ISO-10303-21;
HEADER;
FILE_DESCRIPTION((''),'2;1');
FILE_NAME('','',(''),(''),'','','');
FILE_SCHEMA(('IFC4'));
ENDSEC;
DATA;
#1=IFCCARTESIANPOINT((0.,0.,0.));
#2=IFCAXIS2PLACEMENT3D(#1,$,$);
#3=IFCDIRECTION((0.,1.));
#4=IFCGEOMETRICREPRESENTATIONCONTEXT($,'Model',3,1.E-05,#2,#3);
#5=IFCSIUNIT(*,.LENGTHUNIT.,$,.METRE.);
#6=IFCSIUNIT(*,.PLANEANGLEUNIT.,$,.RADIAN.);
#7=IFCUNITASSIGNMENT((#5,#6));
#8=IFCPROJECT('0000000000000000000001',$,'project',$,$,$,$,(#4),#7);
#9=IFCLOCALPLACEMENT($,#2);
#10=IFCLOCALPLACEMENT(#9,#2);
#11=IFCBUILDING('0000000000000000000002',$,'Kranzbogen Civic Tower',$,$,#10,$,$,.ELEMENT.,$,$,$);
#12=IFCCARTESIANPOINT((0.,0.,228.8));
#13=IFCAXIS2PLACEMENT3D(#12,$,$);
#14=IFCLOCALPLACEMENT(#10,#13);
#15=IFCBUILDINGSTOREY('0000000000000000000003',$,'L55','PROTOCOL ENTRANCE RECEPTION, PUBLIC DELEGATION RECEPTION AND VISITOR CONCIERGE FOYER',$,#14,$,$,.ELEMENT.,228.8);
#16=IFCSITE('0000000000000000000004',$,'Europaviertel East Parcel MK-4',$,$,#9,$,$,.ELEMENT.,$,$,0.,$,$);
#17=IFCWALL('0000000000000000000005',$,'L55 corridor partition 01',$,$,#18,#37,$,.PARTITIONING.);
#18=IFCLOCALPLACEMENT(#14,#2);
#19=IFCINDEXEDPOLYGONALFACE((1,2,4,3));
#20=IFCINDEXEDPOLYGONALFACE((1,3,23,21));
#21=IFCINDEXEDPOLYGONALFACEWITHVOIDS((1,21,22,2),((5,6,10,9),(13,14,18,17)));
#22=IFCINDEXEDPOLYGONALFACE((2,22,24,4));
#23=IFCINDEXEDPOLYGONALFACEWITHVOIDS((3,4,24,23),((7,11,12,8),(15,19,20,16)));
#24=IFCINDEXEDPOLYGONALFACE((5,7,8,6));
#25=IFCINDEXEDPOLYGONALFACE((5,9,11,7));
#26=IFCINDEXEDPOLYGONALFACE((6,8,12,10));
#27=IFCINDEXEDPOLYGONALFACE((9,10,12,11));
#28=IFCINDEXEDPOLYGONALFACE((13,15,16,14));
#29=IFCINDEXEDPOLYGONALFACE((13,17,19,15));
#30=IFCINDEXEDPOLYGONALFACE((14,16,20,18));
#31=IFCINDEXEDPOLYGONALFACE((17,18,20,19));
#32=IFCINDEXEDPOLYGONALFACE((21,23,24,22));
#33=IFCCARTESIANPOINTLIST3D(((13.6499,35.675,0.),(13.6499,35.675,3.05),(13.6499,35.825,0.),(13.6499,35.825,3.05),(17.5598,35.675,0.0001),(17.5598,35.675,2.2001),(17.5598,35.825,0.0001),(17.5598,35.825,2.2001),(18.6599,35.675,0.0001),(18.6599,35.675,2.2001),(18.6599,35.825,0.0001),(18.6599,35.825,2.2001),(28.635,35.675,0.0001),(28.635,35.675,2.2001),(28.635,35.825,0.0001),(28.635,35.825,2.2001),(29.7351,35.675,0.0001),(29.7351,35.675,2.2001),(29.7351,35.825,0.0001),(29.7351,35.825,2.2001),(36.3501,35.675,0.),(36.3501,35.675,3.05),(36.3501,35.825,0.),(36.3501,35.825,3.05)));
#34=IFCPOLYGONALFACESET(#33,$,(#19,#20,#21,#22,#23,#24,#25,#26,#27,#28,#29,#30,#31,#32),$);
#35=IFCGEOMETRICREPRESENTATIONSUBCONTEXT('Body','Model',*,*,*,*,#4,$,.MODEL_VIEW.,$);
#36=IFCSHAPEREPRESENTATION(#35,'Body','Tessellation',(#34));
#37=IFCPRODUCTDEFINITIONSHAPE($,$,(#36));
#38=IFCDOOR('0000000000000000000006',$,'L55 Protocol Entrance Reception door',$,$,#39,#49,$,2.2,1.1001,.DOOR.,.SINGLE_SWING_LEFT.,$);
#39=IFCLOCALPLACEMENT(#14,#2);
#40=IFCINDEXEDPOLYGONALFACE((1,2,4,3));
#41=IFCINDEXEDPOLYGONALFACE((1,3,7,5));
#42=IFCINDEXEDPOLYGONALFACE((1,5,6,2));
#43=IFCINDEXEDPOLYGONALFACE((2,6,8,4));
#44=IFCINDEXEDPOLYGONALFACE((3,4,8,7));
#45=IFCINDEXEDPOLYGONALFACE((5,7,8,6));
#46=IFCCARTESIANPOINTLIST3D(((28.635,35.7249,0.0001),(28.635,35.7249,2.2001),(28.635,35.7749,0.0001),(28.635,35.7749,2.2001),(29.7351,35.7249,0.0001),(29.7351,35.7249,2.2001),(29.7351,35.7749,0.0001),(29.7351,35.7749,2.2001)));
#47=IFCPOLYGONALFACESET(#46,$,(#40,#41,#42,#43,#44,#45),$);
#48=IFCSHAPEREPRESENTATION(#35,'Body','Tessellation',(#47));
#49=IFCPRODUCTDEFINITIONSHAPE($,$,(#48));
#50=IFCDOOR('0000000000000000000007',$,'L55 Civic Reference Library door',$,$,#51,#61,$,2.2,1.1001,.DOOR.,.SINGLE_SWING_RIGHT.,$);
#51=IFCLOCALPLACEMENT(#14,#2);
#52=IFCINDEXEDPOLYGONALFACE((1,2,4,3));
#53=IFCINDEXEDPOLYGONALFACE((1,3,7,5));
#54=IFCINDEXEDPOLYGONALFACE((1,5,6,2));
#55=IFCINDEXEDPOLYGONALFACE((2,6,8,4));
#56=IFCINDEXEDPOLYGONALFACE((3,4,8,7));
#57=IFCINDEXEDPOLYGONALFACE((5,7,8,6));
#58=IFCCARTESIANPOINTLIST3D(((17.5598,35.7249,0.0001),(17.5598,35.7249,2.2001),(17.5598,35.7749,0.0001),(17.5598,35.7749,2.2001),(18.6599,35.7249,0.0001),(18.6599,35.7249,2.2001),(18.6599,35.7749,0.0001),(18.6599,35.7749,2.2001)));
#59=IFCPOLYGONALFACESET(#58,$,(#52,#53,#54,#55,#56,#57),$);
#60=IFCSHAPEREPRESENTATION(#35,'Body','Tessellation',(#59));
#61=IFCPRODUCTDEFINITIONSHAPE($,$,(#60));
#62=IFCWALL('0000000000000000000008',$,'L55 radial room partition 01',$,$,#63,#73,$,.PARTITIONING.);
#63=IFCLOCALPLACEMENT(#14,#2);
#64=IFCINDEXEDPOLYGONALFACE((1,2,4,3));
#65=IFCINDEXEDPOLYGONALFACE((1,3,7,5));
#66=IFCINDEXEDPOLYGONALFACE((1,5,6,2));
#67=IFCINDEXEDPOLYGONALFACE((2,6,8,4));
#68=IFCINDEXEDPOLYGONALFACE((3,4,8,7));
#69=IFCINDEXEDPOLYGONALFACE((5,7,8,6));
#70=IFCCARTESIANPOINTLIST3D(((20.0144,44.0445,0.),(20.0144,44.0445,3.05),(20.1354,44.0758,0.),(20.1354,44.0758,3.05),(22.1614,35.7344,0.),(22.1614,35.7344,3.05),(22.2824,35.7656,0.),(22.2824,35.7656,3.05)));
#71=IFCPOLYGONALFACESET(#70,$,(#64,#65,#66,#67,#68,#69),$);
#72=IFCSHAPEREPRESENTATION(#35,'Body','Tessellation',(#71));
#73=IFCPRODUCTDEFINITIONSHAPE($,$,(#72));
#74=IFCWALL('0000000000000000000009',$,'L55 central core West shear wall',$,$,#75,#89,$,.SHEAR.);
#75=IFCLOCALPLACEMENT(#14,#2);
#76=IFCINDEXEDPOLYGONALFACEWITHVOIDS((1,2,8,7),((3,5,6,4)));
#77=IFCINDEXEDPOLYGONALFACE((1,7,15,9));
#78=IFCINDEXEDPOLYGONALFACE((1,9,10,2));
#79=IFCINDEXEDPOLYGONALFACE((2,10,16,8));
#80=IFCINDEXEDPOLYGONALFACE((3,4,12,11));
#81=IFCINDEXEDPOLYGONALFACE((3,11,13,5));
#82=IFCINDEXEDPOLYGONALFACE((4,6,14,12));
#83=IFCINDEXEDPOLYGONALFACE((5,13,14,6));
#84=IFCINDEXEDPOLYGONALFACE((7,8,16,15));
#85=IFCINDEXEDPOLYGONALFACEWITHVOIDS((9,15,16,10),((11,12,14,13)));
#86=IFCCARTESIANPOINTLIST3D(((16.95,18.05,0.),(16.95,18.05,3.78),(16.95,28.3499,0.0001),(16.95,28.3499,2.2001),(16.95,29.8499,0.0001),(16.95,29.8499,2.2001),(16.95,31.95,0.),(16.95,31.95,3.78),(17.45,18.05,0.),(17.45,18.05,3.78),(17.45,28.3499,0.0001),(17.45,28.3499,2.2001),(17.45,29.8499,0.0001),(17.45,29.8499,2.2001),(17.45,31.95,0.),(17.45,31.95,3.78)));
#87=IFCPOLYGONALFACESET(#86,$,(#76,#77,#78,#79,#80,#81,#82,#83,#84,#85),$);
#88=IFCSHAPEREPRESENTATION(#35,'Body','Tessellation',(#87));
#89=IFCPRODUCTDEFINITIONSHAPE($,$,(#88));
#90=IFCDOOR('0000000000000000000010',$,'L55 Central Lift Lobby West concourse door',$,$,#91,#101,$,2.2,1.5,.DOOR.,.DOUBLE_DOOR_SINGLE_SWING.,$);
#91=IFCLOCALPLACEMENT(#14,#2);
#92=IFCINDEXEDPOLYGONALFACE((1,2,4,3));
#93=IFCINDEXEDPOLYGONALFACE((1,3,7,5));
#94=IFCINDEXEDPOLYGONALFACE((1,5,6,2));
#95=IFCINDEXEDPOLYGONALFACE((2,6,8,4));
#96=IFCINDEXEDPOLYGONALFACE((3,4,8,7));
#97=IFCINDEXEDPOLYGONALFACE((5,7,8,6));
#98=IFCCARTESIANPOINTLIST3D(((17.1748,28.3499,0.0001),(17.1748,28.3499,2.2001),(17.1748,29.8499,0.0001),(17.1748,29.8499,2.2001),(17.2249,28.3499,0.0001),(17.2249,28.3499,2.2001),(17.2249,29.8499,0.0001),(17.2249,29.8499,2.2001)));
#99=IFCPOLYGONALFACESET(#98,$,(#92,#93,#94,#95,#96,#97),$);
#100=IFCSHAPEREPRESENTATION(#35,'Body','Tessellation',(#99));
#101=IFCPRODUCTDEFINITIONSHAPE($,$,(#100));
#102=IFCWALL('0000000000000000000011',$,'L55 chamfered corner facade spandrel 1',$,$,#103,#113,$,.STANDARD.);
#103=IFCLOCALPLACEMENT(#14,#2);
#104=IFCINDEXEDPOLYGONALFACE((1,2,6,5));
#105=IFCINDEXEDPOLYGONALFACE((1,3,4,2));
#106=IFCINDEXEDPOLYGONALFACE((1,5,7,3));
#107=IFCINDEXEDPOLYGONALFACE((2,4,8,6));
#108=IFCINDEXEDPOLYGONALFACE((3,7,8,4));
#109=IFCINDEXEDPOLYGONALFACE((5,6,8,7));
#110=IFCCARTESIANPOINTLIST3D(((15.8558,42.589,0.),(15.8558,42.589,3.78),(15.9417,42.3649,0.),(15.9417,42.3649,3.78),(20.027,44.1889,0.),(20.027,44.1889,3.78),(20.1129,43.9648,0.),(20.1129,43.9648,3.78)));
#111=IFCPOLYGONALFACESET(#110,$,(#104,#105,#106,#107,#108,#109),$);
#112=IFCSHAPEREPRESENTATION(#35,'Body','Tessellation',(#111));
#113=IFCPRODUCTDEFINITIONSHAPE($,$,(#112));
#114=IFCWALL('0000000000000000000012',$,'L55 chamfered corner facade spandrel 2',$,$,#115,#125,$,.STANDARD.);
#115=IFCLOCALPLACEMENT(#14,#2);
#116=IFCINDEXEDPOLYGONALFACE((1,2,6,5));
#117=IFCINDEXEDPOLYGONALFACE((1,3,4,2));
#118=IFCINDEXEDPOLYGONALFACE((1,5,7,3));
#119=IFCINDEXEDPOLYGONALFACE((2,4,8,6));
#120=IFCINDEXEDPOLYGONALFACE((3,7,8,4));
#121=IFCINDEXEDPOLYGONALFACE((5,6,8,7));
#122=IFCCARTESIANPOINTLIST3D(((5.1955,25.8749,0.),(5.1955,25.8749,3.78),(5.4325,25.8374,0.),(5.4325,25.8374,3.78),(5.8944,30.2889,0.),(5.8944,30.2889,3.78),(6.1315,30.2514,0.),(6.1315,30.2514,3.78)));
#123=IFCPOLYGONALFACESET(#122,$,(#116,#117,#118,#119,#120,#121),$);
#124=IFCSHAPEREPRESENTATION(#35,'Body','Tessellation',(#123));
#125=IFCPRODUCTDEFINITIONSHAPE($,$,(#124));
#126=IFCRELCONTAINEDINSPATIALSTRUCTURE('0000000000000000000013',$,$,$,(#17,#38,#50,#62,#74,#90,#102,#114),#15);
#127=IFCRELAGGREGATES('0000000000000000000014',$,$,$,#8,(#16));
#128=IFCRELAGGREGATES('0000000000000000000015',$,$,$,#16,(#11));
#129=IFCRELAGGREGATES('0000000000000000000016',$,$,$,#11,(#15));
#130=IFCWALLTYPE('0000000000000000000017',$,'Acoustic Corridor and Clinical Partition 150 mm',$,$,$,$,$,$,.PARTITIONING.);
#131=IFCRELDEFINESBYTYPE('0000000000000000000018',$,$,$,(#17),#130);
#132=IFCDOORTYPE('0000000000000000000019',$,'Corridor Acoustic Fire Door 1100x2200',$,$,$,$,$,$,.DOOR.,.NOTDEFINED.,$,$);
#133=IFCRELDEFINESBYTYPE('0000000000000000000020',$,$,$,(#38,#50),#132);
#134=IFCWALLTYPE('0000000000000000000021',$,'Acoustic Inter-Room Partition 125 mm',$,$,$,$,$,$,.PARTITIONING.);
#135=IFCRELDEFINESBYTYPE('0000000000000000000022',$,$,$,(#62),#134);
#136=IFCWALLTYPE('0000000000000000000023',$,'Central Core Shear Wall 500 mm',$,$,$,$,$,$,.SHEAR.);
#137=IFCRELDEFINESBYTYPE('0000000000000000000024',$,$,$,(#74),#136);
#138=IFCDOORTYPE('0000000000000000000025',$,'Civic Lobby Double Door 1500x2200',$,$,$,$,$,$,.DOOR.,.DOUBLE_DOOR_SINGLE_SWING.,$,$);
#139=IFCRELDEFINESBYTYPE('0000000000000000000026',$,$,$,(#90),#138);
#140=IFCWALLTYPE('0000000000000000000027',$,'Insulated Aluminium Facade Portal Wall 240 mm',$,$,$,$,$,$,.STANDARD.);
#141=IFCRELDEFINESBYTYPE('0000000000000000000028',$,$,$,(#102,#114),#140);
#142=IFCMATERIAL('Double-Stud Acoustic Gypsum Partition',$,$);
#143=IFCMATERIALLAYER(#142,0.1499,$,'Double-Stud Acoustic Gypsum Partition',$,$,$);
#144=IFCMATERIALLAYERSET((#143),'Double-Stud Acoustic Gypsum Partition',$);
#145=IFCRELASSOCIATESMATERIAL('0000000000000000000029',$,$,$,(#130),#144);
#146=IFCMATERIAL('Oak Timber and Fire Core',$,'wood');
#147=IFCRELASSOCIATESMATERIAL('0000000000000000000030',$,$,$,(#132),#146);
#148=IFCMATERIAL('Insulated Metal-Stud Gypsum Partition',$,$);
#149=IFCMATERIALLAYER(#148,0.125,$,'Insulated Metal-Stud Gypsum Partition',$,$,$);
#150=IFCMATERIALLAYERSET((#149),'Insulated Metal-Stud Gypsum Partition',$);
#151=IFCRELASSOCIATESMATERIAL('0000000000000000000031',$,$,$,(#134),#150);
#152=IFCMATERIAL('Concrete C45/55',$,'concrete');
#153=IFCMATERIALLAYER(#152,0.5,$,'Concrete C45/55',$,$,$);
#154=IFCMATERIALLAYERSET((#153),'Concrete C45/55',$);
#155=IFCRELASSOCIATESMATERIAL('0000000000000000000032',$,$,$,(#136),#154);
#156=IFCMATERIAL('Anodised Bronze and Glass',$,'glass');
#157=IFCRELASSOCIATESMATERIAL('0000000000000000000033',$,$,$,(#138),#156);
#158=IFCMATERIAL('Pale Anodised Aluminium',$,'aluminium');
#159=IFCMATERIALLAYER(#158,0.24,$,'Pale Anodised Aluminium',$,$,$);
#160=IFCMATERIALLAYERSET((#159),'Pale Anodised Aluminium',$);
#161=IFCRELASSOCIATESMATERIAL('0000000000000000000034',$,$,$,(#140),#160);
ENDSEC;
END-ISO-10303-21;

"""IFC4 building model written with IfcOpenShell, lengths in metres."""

from ifc_helpers import new_model, si_unit, direction, frame, frame_2d, origin, place, context, subcontext, project, spatial, rectangle, extrude, material, layer, layer_set, type_object, element, fill, save


model = new_model("IFC4")

# Units and contexts
model_context = context("Model", 3, precision=1e-05, world=origin(), true_north=direction((0.0, 1.0)))
body_context = subcontext(model_context, "Body", "Model", "MODEL_VIEW")
ifc_project = project(units=[si_unit("LENGTHUNIT", "METRE"), si_unit("PLANEANGLEUNIT", "RADIAN")], contexts=[model_context])

# Site, building, storey
site_placement = place(None, origin())
site = spatial("IfcSite", under=ifc_project, at=site_placement, Name="Europaviertel East Parcel MK-4", CompositionType="ELEMENT", RefElevation=0.0)
building_placement = place(site_placement, origin())
building = spatial("IfcBuilding", under=site, at=building_placement, Name="Kranzbogen Civic Tower", CompositionType="ELEMENT")
storey_placement = place(building_placement, frame((0.0, 0.0, 228.8)))
storey = spatial("IfcBuildingStorey", under=building, at=storey_placement, Name="L55", Description="PROTOCOL ENTRANCE RECEPTION, PUBLIC DELEGATION RECEPTION AND VISITOR CONCIERGE FOYER", CompositionType="ELEMENT", Elevation=228.8)

# Shared definitions
ifc_material_1 = material(Name="Pale Anodised Aluminium", Category="aluminium")

# Shared definitions
ifc_material_2 = material(Name="Double-Stud Acoustic Gypsum Partition")
ifc_layer_1 = layer(ifc_material_2, 0.1499, Name="Double-Stud Acoustic Gypsum Partition")
ifc_layer_set_1 = layer_set([ifc_layer_1], Name="Double-Stud Acoustic Gypsum Partition")
wall_type_1 = type_object("IfcWallType", Name="Acoustic Corridor and Clinical Partition 150 mm", PredefinedType="PARTITIONING", material=ifc_layer_set_1)

# Wall, openings, doors
wall_1_placement = place(storey_placement, frame((13.6499, 35.75, 0.0), z_axis=(0.0, 0.0, 1.0), x_axis=(1.0, 0.0, 0.0)))
wall_1 = element("IfcWall", 1, at=wall_1_placement, inside=storey, type_object=wall_type_1, Name="L55 corridor partition 01", PredefinedType="PARTITIONING", context=body_context, shape_type="SweptSolid", body=[
    extrude(rectangle(XDim=22.7002, YDim=0.1499, at=frame_2d((11.3501, 0.0))), origin(), (0.0, 0.0, 1.0), 3.05),
])
opening_1_placement = place(wall_1_placement, frame((14.9851, 0.0, 0.0)))
opening_1 = element("IfcOpeningElement", 2, at=opening_1_placement, cuts=wall_1, PredefinedType="OPENING", context=body_context, shape_type="SweptSolid", body=[
    extrude(rectangle(XDim=1.1001, YDim=2.2, at=frame_2d((0.55, 1.1001))), frame((0.0, 0.085, 0.0), z_axis=(0.0, -1.0, 0.0), x_axis=(1.0, 0.0, 0.0)), (0.0, 0.0, 1.0), 0.1699),
])
opening_2_placement = place(wall_1_placement, frame((3.9099, 0.0, 0.0)))
opening_2 = element("IfcOpeningElement", 3, at=opening_2_placement, cuts=wall_1, PredefinedType="OPENING", context=body_context, shape_type="SweptSolid", body=[
    extrude(rectangle(XDim=1.1001, YDim=2.2, at=frame_2d((0.55, 1.1001))), frame((0.0, 0.085, 0.0), z_axis=(0.0, -1.0, 0.0), x_axis=(1.0, 0.0, 0.0)), (0.0, 0.0, 1.0), 0.1699),
])
ifc_material_3 = material(Name="Oak Timber and Fire Core", Category="wood")
door_type_1 = type_object("IfcDoorType", Name="Corridor Acoustic Fire Door 1100x2200", OperationType="NOTDEFINED", PredefinedType="DOOR", material=ifc_material_3)
door_1_placement = place(opening_1_placement, origin())
door_1 = element("IfcDoor", 4, at=door_1_placement, inside=storey, type_object=door_type_1, Name="L55 Protocol Entrance Reception door", OperationType="SINGLE_SWING_LEFT", OverallHeight=2.2, OverallWidth=1.1001, PredefinedType="DOOR", context=body_context, shape_type="SweptSolid", body=[
    extrude(rectangle(XDim=1.1001, YDim=2.2, at=frame_2d((0.55, 1.1001))), frame((0.0, 0.0249, 0.0), z_axis=(0.0, -1.0, 0.0), x_axis=(1.0, 0.0, 0.0)), (0.0, 0.0, 1.0), 0.05),
])
fill(opening_1, door_1)
door_2_placement = place(opening_2_placement, origin())
door_2 = element("IfcDoor", 5, at=door_2_placement, inside=storey, type_object=door_type_1, Name="L55 Civic Reference Library door", OperationType="SINGLE_SWING_RIGHT", OverallHeight=2.2, OverallWidth=1.1001, PredefinedType="DOOR", context=body_context, shape_type="SweptSolid", body=[
    extrude(rectangle(XDim=1.1001, YDim=2.2, at=frame_2d((0.55, 1.1001))), frame((0.0, 0.0249, 0.0), z_axis=(0.0, -1.0, 0.0), x_axis=(1.0, 0.0, 0.0)), (0.0, 0.0, 1.0), 0.05),
])
fill(opening_2, door_2)

# Wall
ifc_material_4 = material(Name="Insulated Metal-Stud Gypsum Partition")
ifc_layer_2 = layer(ifc_material_4, 0.125, Name="Insulated Metal-Stud Gypsum Partition")
ifc_layer_set_2 = layer_set([ifc_layer_2], Name="Insulated Metal-Stud Gypsum Partition")
wall_type_2 = type_object("IfcWallType", Name="Acoustic Inter-Room Partition 125 mm", PredefinedType="PARTITIONING", material=ifc_layer_set_2)
wall_2_placement = place(storey_placement, frame((22.2219, 35.75, 0.0), z_axis=(0.0, 0.0, 1.0), x_axis=(-0.250145, 0.968208, 0.0)))
element("IfcWall", 6, at=wall_2_placement, inside=storey, type_object=wall_type_2, Name="L55 radial room partition 01", PredefinedType="PARTITIONING", context=body_context, shape_type="SweptSolid", body=[
    extrude(rectangle(XDim=8.583, YDim=0.125, at=frame_2d((4.2915, 0.0))), origin(), (0.0, 0.0, 1.0), 3.05),
])

# Wall, opening, door
ifc_material_5 = material(Name="Concrete C45/55", Category="concrete")
ifc_layer_3 = layer(ifc_material_5, 0.5, Name="Concrete C45/55")
ifc_layer_set_3 = layer_set([ifc_layer_3], Name="Concrete C45/55")
wall_type_3 = type_object("IfcWallType", Name="Central Core Shear Wall 500 mm", PredefinedType="SHEAR", material=ifc_layer_set_3)
wall_3_placement = place(storey_placement, frame((17.2, 31.95, 0.0), z_axis=(0.0, 0.0, 1.0), x_axis=(0.0, -1.0, 0.0)))
wall_3 = element("IfcWall", 7, at=wall_3_placement, inside=storey, type_object=wall_type_3, Name="L55 central core West shear wall", PredefinedType="SHEAR", context=body_context, shape_type="SweptSolid", body=[
    extrude(rectangle(XDim=13.8999, YDim=0.5, at=frame_2d((6.95, 0.0))), origin(), (0.0, 0.0, 1.0), 3.78),
])
opening_3_placement = place(wall_3_placement, frame((2.1001, 0.0, 0.0)))
opening_3 = element("IfcOpeningElement", 8, at=opening_3_placement, cuts=wall_3, PredefinedType="OPENING", context=body_context, shape_type="SweptSolid", body=[
    extrude(rectangle(XDim=1.5, YDim=2.2, at=frame_2d((0.75, 1.1001))), frame((0.0, 0.26, 0.0), z_axis=(0.0, -1.0, 0.0), x_axis=(1.0, 0.0, 0.0)), (0.0, 0.0, 1.0), 0.52),
])
ifc_material_6 = material(Name="Anodised Bronze and Glass", Category="glass")
door_type_2 = type_object("IfcDoorType", Name="Civic Lobby Double Door 1500x2200", OperationType="DOUBLE_DOOR_SINGLE_SWING", PredefinedType="DOOR", material=ifc_material_6)
door_3_placement = place(opening_3_placement, origin())
door_3 = element("IfcDoor", 9, at=door_3_placement, inside=storey, type_object=door_type_2, Name="L55 Central Lift Lobby West concourse door", OperationType="DOUBLE_DOOR_SINGLE_SWING", OverallHeight=2.2, OverallWidth=1.5, PredefinedType="DOOR", context=body_context, shape_type="SweptSolid", body=[
    extrude(rectangle(XDim=1.5, YDim=2.2, at=frame_2d((0.75, 1.1001))), frame((0.0, 0.0249, 0.0), z_axis=(0.0, -1.0, 0.0), x_axis=(1.0, 0.0, 0.0)), (0.0, 0.0, 1.0), 0.05),
])
fill(opening_3, door_3)

# Walls
ifc_layer_4 = layer(ifc_material_1, 0.24, Name="Pale Anodised Aluminium")
ifc_layer_set_4 = layer_set([ifc_layer_4], Name="Pale Anodised Aluminium")
wall_type_4 = type_object("IfcWallType", Name="Insulated Aluminium Facade Portal Wall 240 mm", PredefinedType="STANDARD", material=ifc_layer_set_4)
wall_4_placement = place(storey_placement, frame((20.0701, 44.0769, 0.0), z_axis=(0.0, 0.0, 1.0), x_axis=(-0.933678, -0.358115, 0.0)))
element("IfcWall", 10, at=wall_4_placement, inside=storey, type_object=wall_type_4, Name="L55 chamfered corner facade spandrel 1", PredefinedType="STANDARD", context=body_context, shape_type="SweptSolid", body=[
    extrude(rectangle(XDim=4.4675, YDim=0.24, at=frame_2d((2.2339, 0.0))), origin(), (0.0, 0.0, 1.0), 3.78),
])
wall_5_placement = place(storey_placement, frame((6.0129, 30.27, 0.0), z_axis=(0.0, 0.0, 1.0), x_axis=(-0.156403, -0.987693, 0.0)))
element("IfcWall", 11, at=wall_5_placement, inside=storey, type_object=wall_type_4, Name="L55 chamfered corner facade spandrel 2", PredefinedType="STANDARD", context=body_context, shape_type="SweptSolid", body=[
    extrude(rectangle(XDim=4.469, YDim=0.24, at=frame_2d((2.2344, 0.0))), origin(), (0.0, 0.0, 1.0), 3.78),
])

save(model, "model.ifc")
